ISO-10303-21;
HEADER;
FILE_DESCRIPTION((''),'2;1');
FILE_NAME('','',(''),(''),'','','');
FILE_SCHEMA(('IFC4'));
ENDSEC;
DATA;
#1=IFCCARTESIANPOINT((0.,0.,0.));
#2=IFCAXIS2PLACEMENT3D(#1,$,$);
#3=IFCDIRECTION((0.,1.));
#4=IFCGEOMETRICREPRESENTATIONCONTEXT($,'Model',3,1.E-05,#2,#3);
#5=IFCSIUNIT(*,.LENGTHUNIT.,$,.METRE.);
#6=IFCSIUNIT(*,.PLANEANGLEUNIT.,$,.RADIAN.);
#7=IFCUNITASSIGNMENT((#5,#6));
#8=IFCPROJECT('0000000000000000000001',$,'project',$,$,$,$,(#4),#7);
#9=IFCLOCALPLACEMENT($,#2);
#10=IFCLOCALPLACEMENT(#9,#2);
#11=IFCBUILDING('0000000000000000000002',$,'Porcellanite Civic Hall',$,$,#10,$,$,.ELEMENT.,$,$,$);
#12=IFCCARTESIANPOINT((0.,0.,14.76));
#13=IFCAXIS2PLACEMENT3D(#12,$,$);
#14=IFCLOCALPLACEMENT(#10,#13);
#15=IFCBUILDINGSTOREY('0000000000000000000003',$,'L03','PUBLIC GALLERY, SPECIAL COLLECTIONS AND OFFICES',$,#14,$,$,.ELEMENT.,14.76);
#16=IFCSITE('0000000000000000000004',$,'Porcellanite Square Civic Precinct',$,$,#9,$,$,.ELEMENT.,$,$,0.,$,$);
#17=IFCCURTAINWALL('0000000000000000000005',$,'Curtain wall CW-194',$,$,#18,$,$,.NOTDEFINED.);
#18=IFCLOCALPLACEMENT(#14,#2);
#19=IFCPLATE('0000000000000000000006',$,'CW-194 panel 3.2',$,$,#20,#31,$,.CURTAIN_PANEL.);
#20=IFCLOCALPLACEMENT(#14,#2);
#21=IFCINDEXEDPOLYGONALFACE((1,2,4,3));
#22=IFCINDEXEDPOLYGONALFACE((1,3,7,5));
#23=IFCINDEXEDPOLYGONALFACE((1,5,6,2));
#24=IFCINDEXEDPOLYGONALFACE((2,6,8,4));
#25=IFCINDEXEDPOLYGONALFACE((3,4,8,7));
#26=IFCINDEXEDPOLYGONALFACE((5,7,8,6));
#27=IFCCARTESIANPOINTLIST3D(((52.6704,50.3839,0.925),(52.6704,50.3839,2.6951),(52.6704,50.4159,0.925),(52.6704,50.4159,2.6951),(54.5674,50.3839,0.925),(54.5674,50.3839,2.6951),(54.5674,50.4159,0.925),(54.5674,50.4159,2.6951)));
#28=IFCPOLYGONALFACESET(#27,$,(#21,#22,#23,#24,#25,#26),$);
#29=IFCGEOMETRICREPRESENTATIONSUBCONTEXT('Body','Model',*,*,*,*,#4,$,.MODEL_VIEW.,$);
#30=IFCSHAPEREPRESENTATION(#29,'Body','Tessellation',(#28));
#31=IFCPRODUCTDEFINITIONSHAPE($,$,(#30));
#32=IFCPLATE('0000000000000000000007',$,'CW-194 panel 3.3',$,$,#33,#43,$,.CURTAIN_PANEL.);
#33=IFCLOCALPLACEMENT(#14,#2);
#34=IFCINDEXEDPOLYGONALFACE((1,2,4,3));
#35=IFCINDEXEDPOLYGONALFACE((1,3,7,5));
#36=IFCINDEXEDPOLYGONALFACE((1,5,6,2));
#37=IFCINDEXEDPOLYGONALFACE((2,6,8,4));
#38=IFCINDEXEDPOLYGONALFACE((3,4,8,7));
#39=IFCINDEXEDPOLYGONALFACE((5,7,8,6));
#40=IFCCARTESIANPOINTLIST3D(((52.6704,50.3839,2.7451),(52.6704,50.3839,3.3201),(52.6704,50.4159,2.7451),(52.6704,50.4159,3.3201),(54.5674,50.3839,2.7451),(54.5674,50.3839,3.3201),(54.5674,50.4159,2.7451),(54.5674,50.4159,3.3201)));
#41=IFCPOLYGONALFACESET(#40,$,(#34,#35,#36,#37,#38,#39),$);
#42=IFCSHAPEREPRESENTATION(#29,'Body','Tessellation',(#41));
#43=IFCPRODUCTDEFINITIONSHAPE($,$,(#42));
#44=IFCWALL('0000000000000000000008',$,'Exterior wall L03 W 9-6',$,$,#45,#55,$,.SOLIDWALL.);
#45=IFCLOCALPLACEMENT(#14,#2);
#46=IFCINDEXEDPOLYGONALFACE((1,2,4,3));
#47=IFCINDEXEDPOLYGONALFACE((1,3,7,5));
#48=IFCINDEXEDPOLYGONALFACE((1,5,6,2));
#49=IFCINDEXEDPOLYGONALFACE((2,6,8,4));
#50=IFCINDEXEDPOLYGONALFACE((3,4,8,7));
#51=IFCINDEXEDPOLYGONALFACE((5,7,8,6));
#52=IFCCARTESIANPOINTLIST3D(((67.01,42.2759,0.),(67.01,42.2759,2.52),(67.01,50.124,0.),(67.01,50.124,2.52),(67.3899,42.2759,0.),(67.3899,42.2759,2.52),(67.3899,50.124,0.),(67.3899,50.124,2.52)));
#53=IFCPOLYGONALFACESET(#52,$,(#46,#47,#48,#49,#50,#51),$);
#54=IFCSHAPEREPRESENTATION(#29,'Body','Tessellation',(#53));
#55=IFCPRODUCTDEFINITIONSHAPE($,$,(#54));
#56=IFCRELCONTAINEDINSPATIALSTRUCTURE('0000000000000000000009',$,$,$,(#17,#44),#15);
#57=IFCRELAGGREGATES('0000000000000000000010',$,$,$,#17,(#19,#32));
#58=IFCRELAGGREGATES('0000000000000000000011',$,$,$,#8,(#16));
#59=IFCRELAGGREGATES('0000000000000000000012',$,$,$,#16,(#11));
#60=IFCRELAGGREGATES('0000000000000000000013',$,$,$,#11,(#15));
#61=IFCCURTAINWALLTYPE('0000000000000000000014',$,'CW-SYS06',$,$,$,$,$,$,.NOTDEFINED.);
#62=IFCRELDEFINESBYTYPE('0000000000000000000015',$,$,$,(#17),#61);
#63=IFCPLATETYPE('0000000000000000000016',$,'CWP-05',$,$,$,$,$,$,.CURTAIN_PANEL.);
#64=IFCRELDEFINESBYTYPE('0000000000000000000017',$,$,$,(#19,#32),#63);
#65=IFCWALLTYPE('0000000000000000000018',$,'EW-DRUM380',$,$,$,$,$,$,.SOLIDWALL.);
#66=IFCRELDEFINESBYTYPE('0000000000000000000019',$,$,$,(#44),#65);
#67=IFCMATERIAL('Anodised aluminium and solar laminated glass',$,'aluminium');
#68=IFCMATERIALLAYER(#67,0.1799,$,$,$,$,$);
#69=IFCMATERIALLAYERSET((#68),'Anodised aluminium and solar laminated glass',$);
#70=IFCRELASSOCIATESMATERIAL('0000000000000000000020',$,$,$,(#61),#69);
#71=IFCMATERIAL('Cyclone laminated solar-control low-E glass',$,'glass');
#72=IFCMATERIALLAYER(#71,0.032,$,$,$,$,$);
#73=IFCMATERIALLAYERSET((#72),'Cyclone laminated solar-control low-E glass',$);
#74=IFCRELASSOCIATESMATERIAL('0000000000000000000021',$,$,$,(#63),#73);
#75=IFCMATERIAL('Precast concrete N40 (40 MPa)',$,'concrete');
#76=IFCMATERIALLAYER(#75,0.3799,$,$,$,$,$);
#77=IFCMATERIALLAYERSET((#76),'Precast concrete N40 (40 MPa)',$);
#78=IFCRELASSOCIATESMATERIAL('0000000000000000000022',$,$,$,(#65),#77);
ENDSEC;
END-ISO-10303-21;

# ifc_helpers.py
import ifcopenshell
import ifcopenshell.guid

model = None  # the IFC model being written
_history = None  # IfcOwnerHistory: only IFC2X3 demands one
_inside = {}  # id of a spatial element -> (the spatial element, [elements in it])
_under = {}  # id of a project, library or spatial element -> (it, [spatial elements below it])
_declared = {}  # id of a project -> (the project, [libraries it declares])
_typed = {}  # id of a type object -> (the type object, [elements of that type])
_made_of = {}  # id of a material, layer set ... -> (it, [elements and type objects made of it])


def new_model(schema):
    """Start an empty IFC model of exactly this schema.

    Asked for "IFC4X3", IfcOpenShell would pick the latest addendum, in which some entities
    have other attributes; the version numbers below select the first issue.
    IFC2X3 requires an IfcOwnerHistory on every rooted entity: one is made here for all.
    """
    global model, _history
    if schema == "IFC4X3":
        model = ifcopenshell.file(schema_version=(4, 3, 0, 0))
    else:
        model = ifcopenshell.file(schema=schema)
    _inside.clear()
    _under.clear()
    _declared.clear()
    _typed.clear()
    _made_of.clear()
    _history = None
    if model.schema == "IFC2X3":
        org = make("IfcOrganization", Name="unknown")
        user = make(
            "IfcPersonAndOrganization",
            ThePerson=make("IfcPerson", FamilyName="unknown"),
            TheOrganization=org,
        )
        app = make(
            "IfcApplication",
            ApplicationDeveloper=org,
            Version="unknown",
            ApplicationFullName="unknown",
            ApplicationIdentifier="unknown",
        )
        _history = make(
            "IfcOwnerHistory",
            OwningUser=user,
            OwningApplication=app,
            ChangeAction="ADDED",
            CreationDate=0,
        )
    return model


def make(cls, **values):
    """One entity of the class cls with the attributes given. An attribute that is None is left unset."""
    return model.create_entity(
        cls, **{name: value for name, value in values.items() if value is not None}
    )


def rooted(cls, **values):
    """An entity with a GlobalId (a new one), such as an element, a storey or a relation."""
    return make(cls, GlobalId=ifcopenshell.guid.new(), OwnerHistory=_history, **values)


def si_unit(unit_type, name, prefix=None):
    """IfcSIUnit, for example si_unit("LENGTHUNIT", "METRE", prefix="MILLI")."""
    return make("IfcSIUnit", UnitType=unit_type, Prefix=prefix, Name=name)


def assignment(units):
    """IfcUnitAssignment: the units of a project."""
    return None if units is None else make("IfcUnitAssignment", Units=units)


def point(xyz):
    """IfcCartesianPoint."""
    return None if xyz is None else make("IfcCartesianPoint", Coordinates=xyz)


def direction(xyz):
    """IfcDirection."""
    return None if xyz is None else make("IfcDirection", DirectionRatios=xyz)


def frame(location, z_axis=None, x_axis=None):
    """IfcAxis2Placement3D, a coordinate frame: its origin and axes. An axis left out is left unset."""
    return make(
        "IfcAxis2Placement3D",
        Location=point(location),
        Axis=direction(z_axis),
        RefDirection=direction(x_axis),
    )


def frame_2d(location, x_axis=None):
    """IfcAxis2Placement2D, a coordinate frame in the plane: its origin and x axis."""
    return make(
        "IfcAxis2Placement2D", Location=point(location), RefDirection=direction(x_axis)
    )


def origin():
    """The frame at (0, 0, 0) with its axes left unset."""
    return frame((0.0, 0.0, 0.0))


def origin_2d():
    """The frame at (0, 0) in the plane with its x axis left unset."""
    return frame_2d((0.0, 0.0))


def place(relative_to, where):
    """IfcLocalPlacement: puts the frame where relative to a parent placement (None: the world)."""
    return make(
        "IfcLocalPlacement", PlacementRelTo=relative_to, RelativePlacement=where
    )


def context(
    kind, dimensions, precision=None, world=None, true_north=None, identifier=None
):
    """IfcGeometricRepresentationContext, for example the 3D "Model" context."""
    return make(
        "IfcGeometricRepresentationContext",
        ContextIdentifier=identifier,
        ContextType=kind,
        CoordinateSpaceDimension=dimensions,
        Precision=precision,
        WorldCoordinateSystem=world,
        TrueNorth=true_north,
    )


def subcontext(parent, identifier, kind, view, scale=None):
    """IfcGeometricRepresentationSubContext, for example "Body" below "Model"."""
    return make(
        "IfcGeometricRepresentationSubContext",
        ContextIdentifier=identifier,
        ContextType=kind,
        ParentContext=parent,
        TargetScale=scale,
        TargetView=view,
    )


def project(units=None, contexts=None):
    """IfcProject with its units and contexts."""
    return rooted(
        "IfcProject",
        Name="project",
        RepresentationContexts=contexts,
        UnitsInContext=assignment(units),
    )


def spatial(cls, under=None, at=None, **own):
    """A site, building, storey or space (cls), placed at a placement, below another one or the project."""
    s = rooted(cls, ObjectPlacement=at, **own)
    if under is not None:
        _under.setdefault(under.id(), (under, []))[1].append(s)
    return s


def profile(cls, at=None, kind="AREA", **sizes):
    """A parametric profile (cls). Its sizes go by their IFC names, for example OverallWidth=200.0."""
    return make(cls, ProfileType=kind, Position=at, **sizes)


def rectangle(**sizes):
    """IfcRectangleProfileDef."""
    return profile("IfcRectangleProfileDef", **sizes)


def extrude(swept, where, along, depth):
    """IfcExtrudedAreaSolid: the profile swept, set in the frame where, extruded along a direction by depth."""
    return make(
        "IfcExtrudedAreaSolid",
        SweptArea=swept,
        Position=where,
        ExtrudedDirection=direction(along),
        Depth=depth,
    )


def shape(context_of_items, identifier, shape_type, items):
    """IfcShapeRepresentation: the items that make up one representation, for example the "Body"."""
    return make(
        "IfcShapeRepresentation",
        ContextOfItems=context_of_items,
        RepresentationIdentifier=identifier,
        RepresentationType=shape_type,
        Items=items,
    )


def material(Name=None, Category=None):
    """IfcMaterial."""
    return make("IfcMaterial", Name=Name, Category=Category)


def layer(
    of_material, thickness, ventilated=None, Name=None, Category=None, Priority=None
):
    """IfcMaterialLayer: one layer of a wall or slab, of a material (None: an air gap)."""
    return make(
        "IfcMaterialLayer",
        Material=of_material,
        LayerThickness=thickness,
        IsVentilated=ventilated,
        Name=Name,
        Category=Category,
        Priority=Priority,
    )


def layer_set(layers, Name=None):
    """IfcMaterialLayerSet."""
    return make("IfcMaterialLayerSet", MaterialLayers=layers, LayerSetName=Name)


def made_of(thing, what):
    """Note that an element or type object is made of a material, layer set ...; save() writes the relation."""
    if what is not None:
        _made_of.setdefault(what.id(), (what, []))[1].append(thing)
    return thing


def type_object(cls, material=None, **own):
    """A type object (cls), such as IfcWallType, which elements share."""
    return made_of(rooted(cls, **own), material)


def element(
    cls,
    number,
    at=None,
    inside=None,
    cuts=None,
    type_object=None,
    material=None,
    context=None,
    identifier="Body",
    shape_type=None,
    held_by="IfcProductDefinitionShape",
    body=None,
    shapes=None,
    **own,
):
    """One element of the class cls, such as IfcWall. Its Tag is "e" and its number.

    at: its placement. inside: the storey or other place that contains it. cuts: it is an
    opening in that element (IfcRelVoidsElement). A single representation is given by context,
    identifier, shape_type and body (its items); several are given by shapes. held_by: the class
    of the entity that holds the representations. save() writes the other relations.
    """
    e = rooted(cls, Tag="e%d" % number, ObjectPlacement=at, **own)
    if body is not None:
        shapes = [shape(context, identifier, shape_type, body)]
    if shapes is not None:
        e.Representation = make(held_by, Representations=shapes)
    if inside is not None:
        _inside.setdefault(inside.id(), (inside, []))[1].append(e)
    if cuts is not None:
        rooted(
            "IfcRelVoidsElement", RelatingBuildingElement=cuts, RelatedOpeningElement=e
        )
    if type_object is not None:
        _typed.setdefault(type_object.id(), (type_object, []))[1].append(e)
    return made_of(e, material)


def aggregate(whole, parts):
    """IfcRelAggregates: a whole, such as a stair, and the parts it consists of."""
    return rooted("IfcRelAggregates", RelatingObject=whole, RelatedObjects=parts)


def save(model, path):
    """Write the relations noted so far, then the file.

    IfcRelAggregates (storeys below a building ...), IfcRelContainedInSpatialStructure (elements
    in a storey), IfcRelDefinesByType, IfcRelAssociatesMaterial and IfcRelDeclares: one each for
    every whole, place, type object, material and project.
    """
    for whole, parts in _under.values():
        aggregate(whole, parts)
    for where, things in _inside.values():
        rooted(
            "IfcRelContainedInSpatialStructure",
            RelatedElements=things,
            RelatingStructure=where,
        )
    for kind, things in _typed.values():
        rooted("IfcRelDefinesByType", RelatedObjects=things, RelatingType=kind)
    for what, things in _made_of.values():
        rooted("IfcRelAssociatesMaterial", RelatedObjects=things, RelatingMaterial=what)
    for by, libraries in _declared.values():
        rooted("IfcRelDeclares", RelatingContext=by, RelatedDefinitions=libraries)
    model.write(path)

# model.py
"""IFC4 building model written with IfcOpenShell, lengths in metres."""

from ifc_helpers import new_model, si_unit, direction, frame, frame_2d, origin, origin_2d, place, context, subcontext, project, spatial, rectangle, extrude, material, layer, layer_set, type_object, element, aggregate, save


model = new_model("IFC4")

# Units and contexts
model_context = context("Model", 3, precision=1e-05, world=origin(), true_north=direction((0.0, 1.0)))
body_context = subcontext(model_context, "Body", "Model", "MODEL_VIEW")
ifc_project = project(units=[si_unit("LENGTHUNIT", "METRE"), si_unit("PLANEANGLEUNIT", "RADIAN")], contexts=[model_context])

# Site, building, storey
site_placement = place(None, origin())
site = spatial("IfcSite", under=ifc_project, at=site_placement, Name="Porcellanite Square Civic Precinct", CompositionType="ELEMENT", RefElevation=0.0)
building_placement = place(site_placement, origin())
building = spatial("IfcBuilding", under=site, at=building_placement, Name="Porcellanite Civic Hall", CompositionType="ELEMENT")
storey_placement = place(building_placement, frame((0.0, 0.0, 14.76)))
storey = spatial("IfcBuildingStorey", under=building, at=storey_placement, Name="L03", Description="PUBLIC GALLERY, SPECIAL COLLECTIONS AND OFFICES", CompositionType="ELEMENT", Elevation=14.76)

# Curtain wall
ifc_material_1 = material(Name="Anodised aluminium and solar laminated glass", Category="aluminium")
ifc_layer_1 = layer(ifc_material_1, 0.1799)
ifc_layer_set_1 = layer_set([ifc_layer_1], Name="Anodised aluminium and solar laminated glass")
curtain_wall_type = type_object("IfcCurtainWallType", Name="CW-SYS06", PredefinedType="NOTDEFINED", material=ifc_layer_set_1)
curtain_wall_placement = place(storey_placement, origin())
curtain_wall = element("IfcCurtainWall", 1, at=curtain_wall_placement, inside=storey, type_object=curtain_wall_type, Name="Curtain wall CW-194", PredefinedType="NOTDEFINED")

# Plates
ifc_material_2 = material(Name="Cyclone laminated solar-control low-E glass", Category="glass")
ifc_layer_2 = layer(ifc_material_2, 0.032)
ifc_layer_set_2 = layer_set([ifc_layer_2], Name="Cyclone laminated solar-control low-E glass")
plate_type = type_object("IfcPlateType", Name="CWP-05", PredefinedType="CURTAIN_PANEL", material=ifc_layer_set_2)
plate_1_placement = place(storey_placement, frame((53.6189, 50.3999, 0.925), z_axis=(0.0, 0.0, 1.0), x_axis=(-1.0, 0.0, 0.0)))
plate_1 = element("IfcPlate", 2, at=plate_1_placement, type_object=plate_type, Name="CW-194 panel 3.2", PredefinedType="CURTAIN_PANEL", context=body_context, shape_type="SweptSolid", body=[
    extrude(rectangle(XDim=1.897, YDim=0.032, at=origin_2d()), origin(), (0.0, 0.0, 1.0), 1.77),
])
plate_2_placement = place(storey_placement, frame((53.6189, 50.3999, 2.7451), z_axis=(0.0, 0.0, 1.0), x_axis=(-1.0, 0.0, 0.0)))
plate_2 = element("IfcPlate", 3, at=plate_2_placement, type_object=plate_type, Name="CW-194 panel 3.3", PredefinedType="CURTAIN_PANEL", context=body_context, shape_type="SweptSolid", body=[
    extrude(rectangle(XDim=1.897, YDim=0.032, at=origin_2d()), origin(), (0.0, 0.0, 1.0), 0.575),
])
aggregate(curtain_wall, [plate_1, plate_2])

# Wall
ifc_material_3 = material(Name="Precast concrete N40 (40 MPa)", Category="concrete")
ifc_layer_3 = layer(ifc_material_3, 0.3799)
ifc_layer_set_3 = layer_set([ifc_layer_3], Name="Precast concrete N40 (40 MPa)")
wall_type = type_object("IfcWallType", Name="EW-DRUM380", PredefinedType="SOLIDWALL", material=ifc_layer_set_3)
wall_placement = place(storey_placement, frame((67.2, 42.2759, 0.0), z_axis=(0.0, 0.0, 1.0), x_axis=(0.0, 1.0, 0.0)))
element("IfcWall", 4, at=wall_placement, inside=storey, type_object=wall_type, Name="Exterior wall L03 W 9-6", PredefinedType="SOLIDWALL", context=body_context, shape_type="SweptSolid", body=[
    extrude(rectangle(XDim=7.8481, YDim=0.3799, at=frame_2d((3.9241, 0.0))), origin(), (0.0, 0.0, 1.0), 2.52),
])

save(model, "model.ifc")
